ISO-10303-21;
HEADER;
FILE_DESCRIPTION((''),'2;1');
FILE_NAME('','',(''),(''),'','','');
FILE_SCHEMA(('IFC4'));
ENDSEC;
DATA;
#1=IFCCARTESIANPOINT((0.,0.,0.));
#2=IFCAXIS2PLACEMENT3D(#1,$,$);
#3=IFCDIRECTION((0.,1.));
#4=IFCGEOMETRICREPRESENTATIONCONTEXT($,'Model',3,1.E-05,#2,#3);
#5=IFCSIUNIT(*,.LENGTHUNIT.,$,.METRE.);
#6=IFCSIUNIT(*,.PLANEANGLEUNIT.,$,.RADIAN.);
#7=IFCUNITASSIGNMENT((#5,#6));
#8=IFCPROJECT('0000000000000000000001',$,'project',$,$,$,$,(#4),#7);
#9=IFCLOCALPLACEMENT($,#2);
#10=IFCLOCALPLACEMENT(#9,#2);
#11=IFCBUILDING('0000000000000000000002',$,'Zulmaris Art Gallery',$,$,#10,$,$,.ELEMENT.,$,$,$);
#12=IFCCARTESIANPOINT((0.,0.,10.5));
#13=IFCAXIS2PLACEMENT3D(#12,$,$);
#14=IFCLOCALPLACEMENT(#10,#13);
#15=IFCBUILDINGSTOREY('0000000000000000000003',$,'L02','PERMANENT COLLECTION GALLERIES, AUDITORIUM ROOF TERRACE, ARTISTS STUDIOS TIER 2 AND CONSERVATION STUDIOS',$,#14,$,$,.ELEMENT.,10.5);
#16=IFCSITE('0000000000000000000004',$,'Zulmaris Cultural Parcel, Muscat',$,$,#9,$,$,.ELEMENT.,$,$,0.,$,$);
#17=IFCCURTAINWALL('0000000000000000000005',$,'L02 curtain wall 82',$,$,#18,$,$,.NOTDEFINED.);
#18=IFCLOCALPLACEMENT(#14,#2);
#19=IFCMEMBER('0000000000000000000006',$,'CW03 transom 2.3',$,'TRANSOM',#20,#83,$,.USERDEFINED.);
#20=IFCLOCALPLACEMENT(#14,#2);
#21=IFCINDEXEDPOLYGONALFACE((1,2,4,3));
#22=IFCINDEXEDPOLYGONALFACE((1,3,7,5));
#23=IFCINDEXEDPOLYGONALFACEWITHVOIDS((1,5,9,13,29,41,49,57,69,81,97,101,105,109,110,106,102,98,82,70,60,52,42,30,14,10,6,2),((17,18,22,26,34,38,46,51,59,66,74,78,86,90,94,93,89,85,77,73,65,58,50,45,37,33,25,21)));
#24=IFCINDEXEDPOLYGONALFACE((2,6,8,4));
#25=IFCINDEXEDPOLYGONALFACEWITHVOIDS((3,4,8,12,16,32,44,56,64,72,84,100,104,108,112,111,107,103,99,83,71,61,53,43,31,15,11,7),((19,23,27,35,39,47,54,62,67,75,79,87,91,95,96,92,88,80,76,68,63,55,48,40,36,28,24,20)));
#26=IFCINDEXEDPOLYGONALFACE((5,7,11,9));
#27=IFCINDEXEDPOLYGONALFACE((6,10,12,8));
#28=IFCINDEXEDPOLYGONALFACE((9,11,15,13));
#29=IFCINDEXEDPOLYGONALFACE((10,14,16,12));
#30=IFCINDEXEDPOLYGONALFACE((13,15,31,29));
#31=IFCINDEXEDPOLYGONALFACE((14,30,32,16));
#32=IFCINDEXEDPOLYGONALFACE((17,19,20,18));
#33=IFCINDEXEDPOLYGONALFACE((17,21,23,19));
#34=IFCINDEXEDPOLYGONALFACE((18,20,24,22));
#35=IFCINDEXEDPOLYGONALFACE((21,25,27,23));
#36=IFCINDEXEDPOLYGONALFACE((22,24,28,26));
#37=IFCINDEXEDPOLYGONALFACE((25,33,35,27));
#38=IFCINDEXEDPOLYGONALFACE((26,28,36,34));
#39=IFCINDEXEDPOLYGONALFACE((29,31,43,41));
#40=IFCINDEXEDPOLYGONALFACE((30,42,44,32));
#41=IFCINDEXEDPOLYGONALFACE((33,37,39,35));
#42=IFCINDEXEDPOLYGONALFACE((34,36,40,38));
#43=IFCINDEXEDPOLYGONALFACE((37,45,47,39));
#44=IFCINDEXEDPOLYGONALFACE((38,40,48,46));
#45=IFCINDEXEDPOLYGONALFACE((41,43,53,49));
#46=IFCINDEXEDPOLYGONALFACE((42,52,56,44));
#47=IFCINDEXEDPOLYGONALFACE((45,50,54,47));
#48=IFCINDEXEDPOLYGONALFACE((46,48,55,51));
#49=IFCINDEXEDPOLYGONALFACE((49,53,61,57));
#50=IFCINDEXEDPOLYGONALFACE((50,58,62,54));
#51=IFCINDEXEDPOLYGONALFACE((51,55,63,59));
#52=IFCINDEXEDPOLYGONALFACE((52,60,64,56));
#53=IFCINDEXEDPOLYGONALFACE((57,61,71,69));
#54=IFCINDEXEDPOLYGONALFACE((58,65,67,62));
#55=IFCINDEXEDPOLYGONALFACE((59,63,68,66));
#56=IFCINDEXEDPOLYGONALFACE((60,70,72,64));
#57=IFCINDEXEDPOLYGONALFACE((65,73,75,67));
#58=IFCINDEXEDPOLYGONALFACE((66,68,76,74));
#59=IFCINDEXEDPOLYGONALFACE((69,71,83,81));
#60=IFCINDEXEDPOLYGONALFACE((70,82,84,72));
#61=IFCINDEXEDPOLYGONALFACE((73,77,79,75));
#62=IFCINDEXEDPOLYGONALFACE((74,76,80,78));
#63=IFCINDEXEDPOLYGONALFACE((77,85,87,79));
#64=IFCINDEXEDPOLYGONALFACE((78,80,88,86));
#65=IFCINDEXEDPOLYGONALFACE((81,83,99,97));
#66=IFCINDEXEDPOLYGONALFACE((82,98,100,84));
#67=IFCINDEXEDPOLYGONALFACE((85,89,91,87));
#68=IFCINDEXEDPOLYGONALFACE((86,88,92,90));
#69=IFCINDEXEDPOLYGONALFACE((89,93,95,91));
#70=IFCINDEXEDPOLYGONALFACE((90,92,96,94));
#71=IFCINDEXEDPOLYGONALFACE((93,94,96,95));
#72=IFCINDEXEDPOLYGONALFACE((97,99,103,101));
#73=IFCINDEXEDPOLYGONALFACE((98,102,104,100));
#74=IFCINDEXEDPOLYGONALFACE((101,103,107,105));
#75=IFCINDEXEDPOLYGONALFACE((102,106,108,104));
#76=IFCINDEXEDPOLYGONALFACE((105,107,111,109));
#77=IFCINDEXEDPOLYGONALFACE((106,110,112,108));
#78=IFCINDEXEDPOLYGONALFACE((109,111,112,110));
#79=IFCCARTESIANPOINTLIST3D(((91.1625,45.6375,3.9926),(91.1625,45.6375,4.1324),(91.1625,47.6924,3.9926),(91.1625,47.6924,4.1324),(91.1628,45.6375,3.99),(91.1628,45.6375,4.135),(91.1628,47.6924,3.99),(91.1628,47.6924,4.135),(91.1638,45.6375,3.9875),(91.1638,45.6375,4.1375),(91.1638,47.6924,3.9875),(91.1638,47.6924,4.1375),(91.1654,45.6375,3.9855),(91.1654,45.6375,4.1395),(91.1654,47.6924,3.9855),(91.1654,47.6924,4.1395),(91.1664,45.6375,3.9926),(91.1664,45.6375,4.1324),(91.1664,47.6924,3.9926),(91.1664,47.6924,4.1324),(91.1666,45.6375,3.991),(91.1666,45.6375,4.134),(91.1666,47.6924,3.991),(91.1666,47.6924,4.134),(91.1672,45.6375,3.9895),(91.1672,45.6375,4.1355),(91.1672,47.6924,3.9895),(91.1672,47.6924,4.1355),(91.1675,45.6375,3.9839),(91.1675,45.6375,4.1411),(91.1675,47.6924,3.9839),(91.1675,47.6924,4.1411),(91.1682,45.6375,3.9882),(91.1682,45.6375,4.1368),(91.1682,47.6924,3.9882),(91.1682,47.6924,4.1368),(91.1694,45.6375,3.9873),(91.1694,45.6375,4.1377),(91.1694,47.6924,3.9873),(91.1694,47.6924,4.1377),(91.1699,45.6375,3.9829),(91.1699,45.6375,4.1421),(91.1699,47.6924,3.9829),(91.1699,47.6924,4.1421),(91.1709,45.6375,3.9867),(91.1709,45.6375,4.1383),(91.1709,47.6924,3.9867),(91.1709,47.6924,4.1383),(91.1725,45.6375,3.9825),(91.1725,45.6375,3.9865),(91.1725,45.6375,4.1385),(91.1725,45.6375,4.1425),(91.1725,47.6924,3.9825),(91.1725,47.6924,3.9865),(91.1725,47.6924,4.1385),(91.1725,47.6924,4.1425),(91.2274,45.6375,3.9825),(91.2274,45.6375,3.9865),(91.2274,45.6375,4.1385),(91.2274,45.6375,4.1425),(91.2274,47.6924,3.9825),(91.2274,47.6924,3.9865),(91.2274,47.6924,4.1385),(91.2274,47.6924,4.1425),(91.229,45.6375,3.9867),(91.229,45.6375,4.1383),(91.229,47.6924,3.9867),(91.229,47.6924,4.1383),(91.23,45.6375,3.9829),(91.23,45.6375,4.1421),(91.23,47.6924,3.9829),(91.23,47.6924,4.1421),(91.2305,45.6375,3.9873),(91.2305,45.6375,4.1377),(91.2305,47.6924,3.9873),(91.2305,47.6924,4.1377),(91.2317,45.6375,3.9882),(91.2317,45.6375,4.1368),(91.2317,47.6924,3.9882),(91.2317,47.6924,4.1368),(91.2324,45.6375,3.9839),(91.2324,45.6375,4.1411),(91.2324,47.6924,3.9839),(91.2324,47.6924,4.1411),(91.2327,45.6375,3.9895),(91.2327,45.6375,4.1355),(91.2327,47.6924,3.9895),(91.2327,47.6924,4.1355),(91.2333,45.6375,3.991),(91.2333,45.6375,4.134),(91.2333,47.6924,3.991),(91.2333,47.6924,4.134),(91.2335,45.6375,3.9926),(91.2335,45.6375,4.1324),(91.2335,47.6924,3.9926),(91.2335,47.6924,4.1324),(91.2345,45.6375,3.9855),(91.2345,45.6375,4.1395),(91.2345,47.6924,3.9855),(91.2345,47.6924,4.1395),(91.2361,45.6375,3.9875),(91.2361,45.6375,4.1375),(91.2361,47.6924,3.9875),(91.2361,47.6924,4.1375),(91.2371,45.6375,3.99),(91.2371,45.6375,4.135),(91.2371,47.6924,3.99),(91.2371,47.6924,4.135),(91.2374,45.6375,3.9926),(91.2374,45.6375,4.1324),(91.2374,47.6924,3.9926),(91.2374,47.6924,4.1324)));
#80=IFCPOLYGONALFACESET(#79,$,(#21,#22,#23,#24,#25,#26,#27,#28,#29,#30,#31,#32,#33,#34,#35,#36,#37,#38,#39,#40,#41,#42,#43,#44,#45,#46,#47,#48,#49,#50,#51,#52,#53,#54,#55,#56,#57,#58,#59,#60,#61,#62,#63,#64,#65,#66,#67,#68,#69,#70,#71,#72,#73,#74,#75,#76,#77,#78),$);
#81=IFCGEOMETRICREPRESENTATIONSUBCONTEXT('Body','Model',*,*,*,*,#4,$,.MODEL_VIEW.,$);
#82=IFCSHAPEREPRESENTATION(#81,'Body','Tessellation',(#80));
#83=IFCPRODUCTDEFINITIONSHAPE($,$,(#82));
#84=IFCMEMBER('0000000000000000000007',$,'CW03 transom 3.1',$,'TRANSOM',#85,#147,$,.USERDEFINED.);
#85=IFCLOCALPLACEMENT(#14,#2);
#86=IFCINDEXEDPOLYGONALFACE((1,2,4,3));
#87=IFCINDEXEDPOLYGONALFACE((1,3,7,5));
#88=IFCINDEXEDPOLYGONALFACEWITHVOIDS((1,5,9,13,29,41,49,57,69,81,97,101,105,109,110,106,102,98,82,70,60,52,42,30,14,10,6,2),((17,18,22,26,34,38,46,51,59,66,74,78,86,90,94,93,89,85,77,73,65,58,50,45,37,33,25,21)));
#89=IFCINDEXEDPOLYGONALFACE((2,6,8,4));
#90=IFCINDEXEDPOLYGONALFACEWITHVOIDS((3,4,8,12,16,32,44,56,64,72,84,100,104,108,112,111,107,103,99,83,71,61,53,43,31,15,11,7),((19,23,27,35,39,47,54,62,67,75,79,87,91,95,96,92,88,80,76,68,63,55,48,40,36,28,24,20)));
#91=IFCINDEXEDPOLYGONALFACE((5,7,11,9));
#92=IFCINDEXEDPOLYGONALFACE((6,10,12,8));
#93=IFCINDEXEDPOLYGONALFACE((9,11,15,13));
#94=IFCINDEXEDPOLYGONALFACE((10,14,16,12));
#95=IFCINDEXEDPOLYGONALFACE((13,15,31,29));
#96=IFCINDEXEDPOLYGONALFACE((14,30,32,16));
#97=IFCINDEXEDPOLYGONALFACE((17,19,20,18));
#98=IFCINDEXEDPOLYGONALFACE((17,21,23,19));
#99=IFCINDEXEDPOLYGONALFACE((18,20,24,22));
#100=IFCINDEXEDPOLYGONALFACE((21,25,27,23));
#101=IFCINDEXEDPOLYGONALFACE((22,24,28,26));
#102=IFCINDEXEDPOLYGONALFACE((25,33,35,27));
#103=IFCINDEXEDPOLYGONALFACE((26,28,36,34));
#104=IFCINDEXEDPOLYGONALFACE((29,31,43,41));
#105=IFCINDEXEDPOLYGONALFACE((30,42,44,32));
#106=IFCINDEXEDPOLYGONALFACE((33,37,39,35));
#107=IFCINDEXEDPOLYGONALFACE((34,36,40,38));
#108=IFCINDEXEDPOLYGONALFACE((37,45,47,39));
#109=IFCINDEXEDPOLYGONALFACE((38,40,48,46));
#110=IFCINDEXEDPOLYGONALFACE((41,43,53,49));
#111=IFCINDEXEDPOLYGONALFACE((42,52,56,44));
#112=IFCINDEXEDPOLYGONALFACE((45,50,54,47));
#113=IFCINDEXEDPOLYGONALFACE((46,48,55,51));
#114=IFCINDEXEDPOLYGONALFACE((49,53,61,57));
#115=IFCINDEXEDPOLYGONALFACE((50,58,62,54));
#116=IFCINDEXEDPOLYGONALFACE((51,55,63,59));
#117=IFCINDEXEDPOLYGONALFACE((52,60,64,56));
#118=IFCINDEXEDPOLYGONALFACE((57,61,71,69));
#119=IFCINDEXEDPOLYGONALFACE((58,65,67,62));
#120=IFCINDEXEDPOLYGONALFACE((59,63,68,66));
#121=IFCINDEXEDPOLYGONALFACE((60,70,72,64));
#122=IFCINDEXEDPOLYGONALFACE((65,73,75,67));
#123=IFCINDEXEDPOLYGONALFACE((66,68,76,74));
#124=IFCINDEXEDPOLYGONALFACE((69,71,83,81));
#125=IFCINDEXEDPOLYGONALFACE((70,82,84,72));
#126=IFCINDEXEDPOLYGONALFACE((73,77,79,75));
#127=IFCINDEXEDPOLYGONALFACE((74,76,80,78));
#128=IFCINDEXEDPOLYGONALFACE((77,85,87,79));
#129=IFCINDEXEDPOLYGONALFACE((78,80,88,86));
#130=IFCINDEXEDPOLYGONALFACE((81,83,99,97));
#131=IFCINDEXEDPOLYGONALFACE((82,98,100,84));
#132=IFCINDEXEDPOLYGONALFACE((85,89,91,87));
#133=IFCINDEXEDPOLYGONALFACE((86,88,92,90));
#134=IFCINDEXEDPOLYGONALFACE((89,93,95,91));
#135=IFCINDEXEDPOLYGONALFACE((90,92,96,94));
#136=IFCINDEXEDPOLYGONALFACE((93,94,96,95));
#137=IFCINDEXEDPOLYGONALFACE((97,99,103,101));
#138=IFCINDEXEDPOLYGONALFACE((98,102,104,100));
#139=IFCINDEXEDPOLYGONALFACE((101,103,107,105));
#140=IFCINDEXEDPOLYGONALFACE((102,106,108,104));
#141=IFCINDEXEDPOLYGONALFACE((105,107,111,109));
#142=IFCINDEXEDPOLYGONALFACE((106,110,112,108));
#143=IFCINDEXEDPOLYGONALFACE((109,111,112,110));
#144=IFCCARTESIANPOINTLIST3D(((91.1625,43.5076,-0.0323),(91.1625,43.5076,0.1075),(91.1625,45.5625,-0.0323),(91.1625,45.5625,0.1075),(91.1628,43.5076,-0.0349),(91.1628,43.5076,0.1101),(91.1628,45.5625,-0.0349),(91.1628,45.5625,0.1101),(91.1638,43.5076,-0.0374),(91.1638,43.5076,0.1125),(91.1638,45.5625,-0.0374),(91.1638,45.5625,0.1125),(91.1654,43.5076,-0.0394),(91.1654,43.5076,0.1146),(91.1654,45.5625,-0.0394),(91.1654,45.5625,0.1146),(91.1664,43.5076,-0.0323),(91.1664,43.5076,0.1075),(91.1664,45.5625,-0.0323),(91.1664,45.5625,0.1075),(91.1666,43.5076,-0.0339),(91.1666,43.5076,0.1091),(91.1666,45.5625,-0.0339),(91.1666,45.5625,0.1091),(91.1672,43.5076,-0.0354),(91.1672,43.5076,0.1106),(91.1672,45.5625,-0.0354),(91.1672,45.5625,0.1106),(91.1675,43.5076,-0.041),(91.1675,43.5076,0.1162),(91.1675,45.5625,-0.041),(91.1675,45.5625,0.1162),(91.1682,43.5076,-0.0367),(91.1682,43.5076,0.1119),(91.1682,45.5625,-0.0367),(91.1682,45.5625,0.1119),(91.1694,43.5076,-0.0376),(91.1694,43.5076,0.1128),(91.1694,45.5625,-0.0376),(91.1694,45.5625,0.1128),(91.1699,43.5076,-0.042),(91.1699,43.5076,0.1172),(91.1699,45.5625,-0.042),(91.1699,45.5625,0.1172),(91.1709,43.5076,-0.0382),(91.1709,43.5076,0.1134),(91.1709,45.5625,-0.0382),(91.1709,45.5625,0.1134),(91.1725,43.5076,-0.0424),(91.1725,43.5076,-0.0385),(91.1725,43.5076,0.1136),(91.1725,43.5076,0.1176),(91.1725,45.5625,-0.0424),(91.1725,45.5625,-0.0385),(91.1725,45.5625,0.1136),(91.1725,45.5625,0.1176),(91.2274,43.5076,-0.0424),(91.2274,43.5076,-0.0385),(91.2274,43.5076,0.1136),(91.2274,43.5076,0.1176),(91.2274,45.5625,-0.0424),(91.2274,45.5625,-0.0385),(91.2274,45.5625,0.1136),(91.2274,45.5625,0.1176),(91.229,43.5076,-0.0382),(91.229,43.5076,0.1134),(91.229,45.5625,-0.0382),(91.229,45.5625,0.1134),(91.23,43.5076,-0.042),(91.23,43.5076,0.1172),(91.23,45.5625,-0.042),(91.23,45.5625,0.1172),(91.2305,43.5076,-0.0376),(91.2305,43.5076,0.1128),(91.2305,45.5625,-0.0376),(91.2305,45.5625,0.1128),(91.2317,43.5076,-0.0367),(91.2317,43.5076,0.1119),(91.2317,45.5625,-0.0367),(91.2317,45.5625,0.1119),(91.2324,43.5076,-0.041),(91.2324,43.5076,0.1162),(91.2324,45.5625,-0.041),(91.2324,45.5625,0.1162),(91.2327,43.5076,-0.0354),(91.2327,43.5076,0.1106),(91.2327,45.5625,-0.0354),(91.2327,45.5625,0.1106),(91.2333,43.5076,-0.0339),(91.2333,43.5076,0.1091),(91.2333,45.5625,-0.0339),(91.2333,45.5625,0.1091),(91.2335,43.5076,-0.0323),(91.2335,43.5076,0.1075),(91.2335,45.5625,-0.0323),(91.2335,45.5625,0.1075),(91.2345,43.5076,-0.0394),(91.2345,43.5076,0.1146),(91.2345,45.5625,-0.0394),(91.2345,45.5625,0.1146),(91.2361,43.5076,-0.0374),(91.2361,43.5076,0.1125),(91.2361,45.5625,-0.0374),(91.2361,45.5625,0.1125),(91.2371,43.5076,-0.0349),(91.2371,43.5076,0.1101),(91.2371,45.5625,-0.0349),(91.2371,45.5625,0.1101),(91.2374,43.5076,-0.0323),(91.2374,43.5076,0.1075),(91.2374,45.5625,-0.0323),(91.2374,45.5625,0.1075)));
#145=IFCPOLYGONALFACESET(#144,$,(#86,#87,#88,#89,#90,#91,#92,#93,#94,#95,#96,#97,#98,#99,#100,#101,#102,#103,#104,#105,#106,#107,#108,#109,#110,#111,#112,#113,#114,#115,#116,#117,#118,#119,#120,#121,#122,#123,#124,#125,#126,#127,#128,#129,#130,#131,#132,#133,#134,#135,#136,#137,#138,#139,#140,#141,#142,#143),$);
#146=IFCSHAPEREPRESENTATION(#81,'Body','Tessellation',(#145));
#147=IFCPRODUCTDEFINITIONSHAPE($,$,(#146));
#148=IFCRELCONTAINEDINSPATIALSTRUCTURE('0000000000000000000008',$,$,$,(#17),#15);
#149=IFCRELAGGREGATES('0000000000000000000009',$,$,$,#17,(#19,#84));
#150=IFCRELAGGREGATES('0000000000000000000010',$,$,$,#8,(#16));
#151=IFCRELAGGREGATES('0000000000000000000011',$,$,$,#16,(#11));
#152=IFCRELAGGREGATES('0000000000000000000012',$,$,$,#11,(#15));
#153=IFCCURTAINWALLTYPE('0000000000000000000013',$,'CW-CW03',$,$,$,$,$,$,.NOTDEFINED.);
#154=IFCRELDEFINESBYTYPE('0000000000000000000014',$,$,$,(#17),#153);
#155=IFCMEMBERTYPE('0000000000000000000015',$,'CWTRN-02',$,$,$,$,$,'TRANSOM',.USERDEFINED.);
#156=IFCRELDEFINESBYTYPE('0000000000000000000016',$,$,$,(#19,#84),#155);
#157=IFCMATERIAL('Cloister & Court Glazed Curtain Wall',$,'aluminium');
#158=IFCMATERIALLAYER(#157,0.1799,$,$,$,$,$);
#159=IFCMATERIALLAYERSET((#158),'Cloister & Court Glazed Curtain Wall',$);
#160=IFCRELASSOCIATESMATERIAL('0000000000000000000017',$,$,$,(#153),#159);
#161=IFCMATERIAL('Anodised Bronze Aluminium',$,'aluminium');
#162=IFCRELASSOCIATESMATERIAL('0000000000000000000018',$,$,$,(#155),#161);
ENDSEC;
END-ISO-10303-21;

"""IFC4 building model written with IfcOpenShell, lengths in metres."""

from ifc_helpers import new_model, si_unit, direction, frame, origin, origin_2d, place, context, subcontext, project, spatial, hollow_rectangle, extrude, material, layer, layer_set, material_profile, profile_set, type_object, element, aggregate, save


model = new_model("IFC4")

# Units and contexts
model_context = context("Model", 3, precision=1e-05, world=origin(), true_north=direction((0.0, 1.0)))
body_context = subcontext(model_context, "Body", "Model", "MODEL_VIEW")
ifc_project = project(units=[si_unit("LENGTHUNIT", "METRE"), si_unit("PLANEANGLEUNIT", "RADIAN")], contexts=[model_context])

# Site, building, storey
site_placement = place(None, origin())
site = spatial("IfcSite", under=ifc_project, at=site_placement, Name="Zulmaris Cultural Parcel, Muscat", CompositionType="ELEMENT", RefElevation=0.0)
building_placement = place(site_placement, origin())
building = spatial("IfcBuilding", under=site, at=building_placement, Name="Zulmaris Art Gallery", CompositionType="ELEMENT")
storey_placement = place(building_placement, frame((0.0, 0.0, 10.5)))
storey = spatial("IfcBuildingStorey", under=building, at=storey_placement, Name="L02", Description="PERMANENT COLLECTION GALLERIES, AUDITORIUM ROOF TERRACE, ARTISTS STUDIOS TIER 2 AND CONSERVATION STUDIOS", CompositionType="ELEMENT", Elevation=10.5)

# Curtain wall
ifc_material_1 = material(Name="Cloister & Court Glazed Curtain Wall", Category="aluminium")
ifc_layer_1 = layer(ifc_material_1, 0.1799)
ifc_layer_set_1 = layer_set([ifc_layer_1], Name="Cloister & Court Glazed Curtain Wall")
curtain_wall_type = type_object("IfcCurtainWallType", Name="CW-CW03", PredefinedType="NOTDEFINED", material=ifc_layer_set_1)
ifc_material_2 = material(Name="Anodised Bronze Aluminium", Category="aluminium")
curtain_wall_1_placement = place(storey_placement, origin())
curtain_wall_1 = element("IfcCurtainWall", 1, at=curtain_wall_1_placement, inside=storey, type_object=curtain_wall_type, Name="L02 curtain wall 82", PredefinedType="NOTDEFINED")

# Members
ifc_material_profile_1 = material_profile(ifc_material_2, hollow_rectangle(XDim=0.075, YDim=0.1599, WallThickness=0.0039, InnerFilletRadius=0.0061, OuterFilletRadius=0.01, at=origin_2d()), Name="ALU 75x160x4")
ifc_profile_set_1 = profile_set([ifc_material_profile_1], Name="Anodised Bronze Aluminium")
member_type_1 = type_object("IfcMemberType", Name="CWTRN-02", ElementType="TRANSOM", PredefinedType="USERDEFINED", material=ifc_profile_set_1)
member_1_placement = place(storey_placement, frame((91.2, 47.6924, 4.0625), z_axis=(0.0, -1.0, 0.0), x_axis=(1.0, 0.0, 0.0)))
member_1 = element("IfcMember", 2, at=member_1_placement, type_object=member_type_1, Name="CW03 transom 2.3", ObjectType="TRANSOM", PredefinedType="USERDEFINED", context=body_context, shape_type="SweptSolid", body=[
    extrude(hollow_rectangle(XDim=0.075, YDim=0.1599, WallThickness=0.0039, InnerFilletRadius=0.0061, OuterFilletRadius=0.01, at=origin_2d()), origin(), (0.0, 0.0, 1.0), 2.0549),
])
member_2_placement = place(storey_placement, frame((91.2, 45.5625, 0.0376), z_axis=(0.0, -1.0, 0.0), x_axis=(1.0, 0.0, 0.0)))
member_2 = element("IfcMember", 3, at=member_2_placement, type_object=member_type_1, Name="CW03 transom 3.1", ObjectType="TRANSOM", PredefinedType="USERDEFINED", context=body_context, shape_type="SweptSolid", body=[
    extrude(hollow_rectangle(XDim=0.075, YDim=0.1599, WallThickness=0.0039, InnerFilletRadius=0.0061, OuterFilletRadius=0.01, at=origin_2d()), origin(), (0.0, 0.0, 1.0), 2.0549),
])

aggregate(curtain_wall_1, [member_1, member_2])

save(model, "model.ifc")
